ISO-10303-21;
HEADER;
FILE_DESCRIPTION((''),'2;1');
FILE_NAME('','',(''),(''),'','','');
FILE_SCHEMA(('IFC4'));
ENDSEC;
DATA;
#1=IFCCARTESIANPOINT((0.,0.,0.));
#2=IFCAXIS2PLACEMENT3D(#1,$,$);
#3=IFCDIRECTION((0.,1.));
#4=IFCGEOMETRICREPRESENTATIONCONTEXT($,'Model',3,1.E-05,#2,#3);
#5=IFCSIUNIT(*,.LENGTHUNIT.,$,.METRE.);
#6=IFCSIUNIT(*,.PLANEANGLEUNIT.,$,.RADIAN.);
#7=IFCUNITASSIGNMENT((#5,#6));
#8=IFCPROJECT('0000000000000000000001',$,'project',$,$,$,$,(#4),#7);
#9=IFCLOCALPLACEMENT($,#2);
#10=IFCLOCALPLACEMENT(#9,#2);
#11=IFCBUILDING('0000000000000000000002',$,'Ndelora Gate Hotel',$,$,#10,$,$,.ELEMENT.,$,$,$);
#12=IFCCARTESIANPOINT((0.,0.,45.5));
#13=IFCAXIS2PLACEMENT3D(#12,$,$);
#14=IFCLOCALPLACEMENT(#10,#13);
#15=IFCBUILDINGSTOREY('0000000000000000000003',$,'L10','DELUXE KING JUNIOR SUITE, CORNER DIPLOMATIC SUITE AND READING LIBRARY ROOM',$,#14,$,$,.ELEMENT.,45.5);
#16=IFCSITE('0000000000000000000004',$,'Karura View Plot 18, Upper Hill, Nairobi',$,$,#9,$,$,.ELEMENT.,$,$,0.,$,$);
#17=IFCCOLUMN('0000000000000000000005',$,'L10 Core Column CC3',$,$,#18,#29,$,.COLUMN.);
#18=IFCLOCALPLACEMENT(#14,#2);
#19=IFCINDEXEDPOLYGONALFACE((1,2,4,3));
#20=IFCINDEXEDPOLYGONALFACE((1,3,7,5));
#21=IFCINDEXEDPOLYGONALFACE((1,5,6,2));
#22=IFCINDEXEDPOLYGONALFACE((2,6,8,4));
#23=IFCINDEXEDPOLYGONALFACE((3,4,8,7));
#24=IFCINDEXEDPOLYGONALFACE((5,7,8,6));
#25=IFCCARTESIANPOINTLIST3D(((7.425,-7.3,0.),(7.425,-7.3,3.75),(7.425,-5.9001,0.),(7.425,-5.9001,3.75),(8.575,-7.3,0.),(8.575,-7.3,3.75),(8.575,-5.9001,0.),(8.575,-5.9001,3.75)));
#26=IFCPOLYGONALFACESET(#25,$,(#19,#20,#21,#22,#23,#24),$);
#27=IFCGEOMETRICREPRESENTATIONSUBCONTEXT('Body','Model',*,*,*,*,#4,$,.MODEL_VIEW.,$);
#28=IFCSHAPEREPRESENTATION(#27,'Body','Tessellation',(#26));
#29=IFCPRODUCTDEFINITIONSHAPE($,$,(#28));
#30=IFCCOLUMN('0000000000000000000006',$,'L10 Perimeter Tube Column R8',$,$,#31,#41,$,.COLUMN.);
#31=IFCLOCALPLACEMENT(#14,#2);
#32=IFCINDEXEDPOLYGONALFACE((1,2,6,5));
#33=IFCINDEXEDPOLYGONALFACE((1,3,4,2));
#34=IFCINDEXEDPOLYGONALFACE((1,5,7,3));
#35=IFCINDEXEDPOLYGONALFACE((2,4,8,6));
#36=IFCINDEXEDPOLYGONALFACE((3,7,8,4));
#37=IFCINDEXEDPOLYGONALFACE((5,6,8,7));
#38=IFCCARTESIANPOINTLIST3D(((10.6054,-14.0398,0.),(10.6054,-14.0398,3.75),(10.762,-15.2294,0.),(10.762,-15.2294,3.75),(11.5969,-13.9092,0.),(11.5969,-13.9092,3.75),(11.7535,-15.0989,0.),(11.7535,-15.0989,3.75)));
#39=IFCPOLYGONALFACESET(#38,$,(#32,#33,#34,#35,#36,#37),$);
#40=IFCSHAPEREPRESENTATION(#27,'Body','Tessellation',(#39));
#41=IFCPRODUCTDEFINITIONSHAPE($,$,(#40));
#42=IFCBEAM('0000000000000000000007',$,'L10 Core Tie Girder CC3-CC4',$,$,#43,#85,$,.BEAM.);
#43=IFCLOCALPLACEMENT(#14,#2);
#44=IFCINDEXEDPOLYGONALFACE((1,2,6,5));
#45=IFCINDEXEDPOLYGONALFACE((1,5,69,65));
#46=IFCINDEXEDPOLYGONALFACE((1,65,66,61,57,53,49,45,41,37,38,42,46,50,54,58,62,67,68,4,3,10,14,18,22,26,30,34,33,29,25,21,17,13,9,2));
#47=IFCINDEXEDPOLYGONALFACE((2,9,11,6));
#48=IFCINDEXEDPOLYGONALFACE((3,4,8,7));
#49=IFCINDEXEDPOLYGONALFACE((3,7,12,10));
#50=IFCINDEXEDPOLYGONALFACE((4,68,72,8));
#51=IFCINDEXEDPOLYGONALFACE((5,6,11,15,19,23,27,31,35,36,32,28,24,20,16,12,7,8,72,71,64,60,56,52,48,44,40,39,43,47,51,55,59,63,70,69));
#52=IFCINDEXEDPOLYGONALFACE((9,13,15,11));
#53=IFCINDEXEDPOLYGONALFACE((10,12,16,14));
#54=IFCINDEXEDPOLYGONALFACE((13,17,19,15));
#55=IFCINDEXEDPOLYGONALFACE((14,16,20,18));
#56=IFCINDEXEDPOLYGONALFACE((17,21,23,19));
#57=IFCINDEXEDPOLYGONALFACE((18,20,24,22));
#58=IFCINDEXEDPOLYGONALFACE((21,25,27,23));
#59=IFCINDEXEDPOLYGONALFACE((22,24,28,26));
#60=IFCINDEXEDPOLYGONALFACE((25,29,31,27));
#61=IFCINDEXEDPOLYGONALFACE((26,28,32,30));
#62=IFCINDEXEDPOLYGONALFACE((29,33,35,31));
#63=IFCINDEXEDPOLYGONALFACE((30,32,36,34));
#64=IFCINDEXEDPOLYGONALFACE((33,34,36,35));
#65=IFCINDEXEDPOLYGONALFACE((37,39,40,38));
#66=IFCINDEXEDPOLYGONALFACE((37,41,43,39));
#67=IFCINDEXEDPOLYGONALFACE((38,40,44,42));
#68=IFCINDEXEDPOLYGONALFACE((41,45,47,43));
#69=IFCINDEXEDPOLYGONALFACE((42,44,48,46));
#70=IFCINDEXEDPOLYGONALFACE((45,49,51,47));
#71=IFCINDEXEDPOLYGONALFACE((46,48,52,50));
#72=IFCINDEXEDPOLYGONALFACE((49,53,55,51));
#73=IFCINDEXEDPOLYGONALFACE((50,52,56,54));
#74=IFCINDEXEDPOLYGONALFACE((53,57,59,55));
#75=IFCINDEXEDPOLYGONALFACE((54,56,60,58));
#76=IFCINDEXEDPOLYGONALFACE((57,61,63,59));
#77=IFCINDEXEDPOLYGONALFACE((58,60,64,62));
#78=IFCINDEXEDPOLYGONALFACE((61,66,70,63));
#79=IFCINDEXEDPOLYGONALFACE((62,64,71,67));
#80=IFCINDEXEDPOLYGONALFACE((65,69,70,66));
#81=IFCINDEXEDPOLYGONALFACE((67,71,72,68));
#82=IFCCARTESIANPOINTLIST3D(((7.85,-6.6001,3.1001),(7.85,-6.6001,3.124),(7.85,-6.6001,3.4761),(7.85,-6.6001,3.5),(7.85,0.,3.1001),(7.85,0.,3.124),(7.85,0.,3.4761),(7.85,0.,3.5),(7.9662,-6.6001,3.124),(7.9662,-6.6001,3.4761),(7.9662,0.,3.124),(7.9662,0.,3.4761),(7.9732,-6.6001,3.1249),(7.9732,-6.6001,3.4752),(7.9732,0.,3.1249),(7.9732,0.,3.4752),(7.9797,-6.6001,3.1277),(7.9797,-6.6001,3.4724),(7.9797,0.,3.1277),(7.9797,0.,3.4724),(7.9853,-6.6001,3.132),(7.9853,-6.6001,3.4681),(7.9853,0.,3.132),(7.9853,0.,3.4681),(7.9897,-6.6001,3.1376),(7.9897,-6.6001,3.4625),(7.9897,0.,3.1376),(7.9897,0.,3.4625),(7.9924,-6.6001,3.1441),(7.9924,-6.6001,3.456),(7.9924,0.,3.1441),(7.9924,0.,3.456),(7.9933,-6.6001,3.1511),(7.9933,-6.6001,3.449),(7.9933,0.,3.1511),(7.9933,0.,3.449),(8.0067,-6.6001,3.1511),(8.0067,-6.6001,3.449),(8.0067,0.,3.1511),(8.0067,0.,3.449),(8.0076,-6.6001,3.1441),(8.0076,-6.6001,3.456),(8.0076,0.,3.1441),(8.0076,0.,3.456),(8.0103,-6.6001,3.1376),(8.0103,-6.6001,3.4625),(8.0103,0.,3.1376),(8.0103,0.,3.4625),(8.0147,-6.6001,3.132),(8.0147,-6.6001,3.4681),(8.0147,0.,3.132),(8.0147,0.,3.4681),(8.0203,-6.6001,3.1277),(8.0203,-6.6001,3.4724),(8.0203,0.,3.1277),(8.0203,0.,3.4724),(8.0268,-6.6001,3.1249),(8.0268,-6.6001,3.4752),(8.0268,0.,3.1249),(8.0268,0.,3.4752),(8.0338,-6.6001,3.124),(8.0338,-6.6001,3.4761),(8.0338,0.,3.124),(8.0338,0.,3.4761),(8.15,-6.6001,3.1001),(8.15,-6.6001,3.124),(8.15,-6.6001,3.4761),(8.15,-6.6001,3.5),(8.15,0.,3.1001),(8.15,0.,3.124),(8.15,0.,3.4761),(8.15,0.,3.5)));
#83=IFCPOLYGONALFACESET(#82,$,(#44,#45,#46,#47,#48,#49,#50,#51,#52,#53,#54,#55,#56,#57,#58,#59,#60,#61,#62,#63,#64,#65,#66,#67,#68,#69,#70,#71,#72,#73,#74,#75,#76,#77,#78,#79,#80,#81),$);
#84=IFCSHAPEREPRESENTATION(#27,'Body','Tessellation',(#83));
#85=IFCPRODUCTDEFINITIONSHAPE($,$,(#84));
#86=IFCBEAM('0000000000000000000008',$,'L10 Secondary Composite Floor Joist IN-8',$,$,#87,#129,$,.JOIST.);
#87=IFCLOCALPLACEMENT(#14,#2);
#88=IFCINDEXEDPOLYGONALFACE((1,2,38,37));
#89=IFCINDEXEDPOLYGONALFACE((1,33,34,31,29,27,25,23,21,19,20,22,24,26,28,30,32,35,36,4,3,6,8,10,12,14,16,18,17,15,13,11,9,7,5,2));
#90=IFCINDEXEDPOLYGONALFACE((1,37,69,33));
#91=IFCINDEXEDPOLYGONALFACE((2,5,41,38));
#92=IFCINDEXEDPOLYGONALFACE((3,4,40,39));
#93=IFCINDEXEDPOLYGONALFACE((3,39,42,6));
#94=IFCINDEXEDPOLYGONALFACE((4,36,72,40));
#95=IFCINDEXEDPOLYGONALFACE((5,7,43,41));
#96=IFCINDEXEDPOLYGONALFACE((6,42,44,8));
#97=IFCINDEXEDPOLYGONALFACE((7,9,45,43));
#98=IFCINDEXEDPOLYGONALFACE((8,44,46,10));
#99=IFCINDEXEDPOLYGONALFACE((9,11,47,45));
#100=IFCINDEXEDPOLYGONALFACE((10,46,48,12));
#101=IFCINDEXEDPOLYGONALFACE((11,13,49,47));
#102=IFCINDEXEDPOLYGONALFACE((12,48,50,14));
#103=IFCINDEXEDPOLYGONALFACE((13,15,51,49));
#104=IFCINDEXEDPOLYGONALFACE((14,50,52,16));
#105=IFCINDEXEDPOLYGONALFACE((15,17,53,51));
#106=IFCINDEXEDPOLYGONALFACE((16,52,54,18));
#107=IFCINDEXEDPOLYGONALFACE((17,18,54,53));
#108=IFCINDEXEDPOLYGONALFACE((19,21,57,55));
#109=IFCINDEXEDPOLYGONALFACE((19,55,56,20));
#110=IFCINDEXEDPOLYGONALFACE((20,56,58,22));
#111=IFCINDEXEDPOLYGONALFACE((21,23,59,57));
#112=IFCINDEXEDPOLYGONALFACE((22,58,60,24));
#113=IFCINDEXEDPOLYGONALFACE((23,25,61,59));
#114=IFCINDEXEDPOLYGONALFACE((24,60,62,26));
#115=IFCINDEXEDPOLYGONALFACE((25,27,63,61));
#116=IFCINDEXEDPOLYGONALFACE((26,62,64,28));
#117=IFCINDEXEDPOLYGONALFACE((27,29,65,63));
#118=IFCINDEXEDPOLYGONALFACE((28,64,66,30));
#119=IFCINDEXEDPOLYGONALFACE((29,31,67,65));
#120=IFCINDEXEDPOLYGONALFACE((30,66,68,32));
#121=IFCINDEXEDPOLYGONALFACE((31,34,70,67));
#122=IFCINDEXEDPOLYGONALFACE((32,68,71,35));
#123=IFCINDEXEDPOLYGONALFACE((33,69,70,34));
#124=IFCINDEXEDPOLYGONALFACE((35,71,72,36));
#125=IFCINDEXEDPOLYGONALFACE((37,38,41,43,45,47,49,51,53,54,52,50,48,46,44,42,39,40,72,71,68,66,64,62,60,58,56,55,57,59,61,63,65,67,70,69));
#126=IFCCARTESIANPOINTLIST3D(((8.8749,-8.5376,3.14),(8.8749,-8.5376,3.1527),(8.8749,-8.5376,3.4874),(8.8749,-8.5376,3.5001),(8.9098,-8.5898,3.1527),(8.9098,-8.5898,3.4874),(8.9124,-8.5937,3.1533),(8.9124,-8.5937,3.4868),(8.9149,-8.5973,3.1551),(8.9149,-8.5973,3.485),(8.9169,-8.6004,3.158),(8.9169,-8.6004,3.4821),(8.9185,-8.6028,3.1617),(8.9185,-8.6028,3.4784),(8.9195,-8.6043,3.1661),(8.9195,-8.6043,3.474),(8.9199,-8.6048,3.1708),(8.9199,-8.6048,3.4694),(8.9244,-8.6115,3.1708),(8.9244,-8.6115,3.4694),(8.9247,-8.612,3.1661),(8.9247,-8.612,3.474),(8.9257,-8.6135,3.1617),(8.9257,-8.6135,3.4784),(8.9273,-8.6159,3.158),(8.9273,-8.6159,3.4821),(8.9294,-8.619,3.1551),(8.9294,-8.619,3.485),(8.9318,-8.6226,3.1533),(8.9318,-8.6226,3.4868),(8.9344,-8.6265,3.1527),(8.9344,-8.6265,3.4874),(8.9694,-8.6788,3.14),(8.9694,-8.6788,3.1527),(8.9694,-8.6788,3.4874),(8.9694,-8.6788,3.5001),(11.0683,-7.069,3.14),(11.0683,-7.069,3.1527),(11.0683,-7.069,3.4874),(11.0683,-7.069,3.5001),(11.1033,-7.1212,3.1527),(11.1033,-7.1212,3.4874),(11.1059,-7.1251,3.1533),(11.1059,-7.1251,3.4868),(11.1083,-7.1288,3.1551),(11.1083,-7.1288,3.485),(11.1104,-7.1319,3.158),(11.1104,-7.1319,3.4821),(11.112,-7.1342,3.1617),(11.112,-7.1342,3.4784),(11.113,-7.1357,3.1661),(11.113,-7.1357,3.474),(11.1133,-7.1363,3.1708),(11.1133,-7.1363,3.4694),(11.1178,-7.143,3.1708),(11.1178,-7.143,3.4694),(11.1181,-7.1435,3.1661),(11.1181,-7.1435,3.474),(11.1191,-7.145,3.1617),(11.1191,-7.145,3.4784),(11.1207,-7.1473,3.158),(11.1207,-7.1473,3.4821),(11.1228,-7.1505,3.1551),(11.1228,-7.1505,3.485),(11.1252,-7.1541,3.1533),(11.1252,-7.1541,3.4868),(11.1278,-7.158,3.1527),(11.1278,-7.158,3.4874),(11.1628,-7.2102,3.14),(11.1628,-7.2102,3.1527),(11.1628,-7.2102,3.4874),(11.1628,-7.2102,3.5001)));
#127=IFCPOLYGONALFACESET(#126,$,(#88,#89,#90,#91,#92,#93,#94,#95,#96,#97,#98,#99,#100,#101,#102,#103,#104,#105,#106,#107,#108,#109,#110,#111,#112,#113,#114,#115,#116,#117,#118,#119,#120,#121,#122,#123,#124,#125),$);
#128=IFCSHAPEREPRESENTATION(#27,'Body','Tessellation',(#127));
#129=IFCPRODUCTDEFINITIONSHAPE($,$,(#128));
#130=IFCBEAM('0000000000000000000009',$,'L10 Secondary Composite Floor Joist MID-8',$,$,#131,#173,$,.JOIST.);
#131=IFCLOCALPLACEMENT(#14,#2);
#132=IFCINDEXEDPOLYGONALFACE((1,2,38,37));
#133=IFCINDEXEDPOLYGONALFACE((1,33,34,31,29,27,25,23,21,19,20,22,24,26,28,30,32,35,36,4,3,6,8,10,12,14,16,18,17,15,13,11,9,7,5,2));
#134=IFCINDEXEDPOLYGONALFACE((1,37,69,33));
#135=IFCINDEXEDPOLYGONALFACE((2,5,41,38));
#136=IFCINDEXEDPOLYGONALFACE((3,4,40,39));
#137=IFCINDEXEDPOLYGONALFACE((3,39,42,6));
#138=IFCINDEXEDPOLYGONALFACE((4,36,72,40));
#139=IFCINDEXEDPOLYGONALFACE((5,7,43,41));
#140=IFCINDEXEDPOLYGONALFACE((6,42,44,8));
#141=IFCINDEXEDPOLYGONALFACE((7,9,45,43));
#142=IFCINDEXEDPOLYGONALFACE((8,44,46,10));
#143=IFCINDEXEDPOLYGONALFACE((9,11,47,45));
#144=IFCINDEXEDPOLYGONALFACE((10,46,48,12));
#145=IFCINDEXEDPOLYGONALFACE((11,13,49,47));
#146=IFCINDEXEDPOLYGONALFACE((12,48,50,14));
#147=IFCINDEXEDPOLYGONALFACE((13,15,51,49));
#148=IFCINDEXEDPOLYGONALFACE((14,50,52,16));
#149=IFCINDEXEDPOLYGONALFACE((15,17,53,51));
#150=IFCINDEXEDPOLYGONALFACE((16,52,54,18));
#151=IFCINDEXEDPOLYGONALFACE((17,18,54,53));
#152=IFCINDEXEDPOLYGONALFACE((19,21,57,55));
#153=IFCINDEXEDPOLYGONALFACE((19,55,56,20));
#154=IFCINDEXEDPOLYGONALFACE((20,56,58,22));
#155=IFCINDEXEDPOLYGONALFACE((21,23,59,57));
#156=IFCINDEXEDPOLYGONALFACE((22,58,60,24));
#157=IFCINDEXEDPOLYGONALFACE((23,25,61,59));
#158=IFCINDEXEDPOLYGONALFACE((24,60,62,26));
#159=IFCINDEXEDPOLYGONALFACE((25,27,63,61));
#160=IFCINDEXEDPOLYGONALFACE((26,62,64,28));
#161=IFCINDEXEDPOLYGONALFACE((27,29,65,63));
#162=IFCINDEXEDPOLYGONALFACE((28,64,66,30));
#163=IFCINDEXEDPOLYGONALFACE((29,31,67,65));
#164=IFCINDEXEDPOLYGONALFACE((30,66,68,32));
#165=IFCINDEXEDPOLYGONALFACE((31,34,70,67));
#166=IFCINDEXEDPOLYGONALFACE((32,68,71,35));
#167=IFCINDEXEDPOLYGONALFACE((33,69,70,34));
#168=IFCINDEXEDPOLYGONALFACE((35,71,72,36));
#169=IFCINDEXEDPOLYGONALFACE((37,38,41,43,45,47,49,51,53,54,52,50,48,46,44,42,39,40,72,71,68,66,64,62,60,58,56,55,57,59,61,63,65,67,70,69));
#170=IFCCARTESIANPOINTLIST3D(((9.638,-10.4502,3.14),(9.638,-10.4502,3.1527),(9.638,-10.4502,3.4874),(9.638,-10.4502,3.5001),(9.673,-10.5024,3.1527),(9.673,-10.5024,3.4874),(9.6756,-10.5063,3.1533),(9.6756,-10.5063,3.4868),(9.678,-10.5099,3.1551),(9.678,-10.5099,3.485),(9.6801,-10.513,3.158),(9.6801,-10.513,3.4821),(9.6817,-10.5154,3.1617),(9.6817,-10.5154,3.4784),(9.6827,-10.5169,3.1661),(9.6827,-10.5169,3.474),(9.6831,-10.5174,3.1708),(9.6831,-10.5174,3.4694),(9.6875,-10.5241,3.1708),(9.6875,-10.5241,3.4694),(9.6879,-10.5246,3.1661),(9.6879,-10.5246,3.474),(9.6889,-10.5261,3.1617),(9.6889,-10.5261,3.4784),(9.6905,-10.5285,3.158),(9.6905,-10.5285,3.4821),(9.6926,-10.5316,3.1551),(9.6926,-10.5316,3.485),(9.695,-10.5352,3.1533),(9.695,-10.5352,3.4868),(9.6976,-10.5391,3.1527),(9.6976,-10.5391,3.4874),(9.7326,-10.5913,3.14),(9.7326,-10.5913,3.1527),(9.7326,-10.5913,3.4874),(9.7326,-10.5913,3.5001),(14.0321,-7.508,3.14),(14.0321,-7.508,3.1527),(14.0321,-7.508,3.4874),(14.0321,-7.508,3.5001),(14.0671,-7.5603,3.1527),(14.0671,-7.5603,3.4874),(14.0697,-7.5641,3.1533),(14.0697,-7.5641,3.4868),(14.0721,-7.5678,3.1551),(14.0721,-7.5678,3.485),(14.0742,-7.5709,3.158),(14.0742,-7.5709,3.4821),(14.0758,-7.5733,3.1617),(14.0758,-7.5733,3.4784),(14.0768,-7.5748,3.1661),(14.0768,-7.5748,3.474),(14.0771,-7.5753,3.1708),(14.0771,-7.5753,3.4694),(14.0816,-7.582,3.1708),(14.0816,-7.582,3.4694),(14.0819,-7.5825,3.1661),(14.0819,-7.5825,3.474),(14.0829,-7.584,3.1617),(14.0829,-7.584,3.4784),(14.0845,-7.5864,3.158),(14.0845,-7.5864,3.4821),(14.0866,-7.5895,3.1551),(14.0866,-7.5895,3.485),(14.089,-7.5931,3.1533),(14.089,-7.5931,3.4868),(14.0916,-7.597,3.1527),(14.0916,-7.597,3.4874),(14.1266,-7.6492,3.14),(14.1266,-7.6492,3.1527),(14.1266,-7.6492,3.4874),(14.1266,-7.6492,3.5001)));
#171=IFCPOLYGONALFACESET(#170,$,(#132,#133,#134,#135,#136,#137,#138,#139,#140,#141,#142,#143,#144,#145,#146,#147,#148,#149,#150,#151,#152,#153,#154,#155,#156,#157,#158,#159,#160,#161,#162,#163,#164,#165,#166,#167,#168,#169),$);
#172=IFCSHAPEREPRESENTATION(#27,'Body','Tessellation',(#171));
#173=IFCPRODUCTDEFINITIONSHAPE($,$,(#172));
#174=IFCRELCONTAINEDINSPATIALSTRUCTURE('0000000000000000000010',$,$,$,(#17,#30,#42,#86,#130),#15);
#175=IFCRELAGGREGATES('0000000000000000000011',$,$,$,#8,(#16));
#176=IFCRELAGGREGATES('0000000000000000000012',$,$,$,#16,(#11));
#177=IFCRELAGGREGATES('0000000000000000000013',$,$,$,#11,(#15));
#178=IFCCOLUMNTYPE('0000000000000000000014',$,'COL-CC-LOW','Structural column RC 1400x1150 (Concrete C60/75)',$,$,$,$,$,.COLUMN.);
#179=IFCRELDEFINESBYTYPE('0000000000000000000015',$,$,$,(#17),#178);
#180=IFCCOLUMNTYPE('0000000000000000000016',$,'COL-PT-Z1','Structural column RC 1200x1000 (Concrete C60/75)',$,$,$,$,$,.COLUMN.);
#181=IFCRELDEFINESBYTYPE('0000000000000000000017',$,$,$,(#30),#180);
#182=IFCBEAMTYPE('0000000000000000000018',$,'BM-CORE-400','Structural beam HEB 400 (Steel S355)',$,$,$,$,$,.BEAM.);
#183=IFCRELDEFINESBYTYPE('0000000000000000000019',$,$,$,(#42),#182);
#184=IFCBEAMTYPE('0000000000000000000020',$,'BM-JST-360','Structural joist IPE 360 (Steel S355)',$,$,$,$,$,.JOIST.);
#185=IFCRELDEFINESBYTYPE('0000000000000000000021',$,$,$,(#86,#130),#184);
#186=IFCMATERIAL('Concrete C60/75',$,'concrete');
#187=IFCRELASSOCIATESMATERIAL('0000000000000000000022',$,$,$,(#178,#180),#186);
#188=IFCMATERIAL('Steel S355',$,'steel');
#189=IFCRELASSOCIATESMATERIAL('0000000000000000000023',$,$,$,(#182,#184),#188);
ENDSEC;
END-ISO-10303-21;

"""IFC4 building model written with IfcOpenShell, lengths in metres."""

from ifc_helpers import new_model, si_unit, direction, frame, origin, origin_2d, place, context, subcontext, project, spatial, rectangle, i_section, extrude, material, material_profile, profile_set, type_object, element, save


model = new_model("IFC4")

# Units and contexts
model_context = context("Model", 3, precision=1e-05, world=origin(), true_north=direction((0.0, 1.0)))
body_context = subcontext(model_context, "Body", "Model", "MODEL_VIEW")
ifc_project = project(units=[si_unit("LENGTHUNIT", "METRE"), si_unit("PLANEANGLEUNIT", "RADIAN")], contexts=[model_context])

# Site, building, storey
site_placement = place(None, origin())
site = spatial("IfcSite", under=ifc_project, at=site_placement, Name="Karura View Plot 18, Upper Hill, Nairobi", CompositionType="ELEMENT", RefElevation=0.0)
building_placement = place(site_placement, origin())
building = spatial("IfcBuilding", under=site, at=building_placement, Name="Ndelora Gate Hotel", CompositionType="ELEMENT")
storey_placement = place(building_placement, frame((0.0, 0.0, 45.5)))
storey = spatial("IfcBuildingStorey", under=building, at=storey_placement, Name="L10", Description="DELUXE KING JUNIOR SUITE, CORNER DIPLOMATIC SUITE AND READING LIBRARY ROOM", CompositionType="ELEMENT", Elevation=45.5)

# Columns
ifc_material_1 = material(Name="Concrete C60/75", Category="concrete")
ifc_material_profile_1 = material_profile(ifc_material_1, rectangle(XDim=1.1499, YDim=1.3999, at=origin_2d()), Name="RC 1400x1150")
ifc_profile_set_1 = profile_set([ifc_material_profile_1], Name="Concrete C60/75")
column_type_1 = type_object("IfcColumnType", Name="COL-CC-LOW", Description="Structural column RC 1400x1150 (Concrete C60/75)", PredefinedType="COLUMN", material=ifc_profile_set_1)
column_1_placement = place(storey_placement, frame((8.0, -6.6001, 0.0), z_axis=(0.0, 0.0, 1.0), x_axis=(1.0, 0.0, 0.0)))
element("IfcColumn", 1, at=column_1_placement, inside=storey, type_object=column_type_1, Name="L10 Core Column CC3", PredefinedType="COLUMN", context=body_context, shape_type="SweptSolid", body=[
    extrude(rectangle(XDim=1.1499, YDim=1.3999, at=origin_2d()), origin(), (0.0, 0.0, 1.0), 3.75),
])
ifc_material_profile_2 = material_profile(ifc_material_1, rectangle(XDim=1.0, YDim=1.2, at=origin_2d()), Name="RC 1200x1000")
ifc_profile_set_2 = profile_set([ifc_material_profile_2], Name="Concrete C60/75")
column_type_2 = type_object("IfcColumnType", Name="COL-PT-Z1", Description="Structural column RC 1200x1000 (Concrete C60/75)", PredefinedType="COLUMN", material=ifc_profile_set_2)
column_2_placement = place(storey_placement, frame((11.1794, -14.5693, 0.0), z_axis=(0.0, 0.0, 1.0), x_axis=(0.991445, 0.130526, 0.0)))
element("IfcColumn", 2, at=column_2_placement, inside=storey, type_object=column_type_2, Name="L10 Perimeter Tube Column R8", PredefinedType="COLUMN", context=body_context, shape_type="SweptSolid", body=[
    extrude(rectangle(XDim=1.0, YDim=1.2, at=origin_2d()), origin(), (0.0, 0.0, 1.0), 3.75),
])

# Beams
ifc_material_2 = material(Name="Steel S355", Category="steel")
ifc_material_profile_3 = material_profile(ifc_material_2, i_section(OverallWidth=0.3, OverallDepth=0.3999, WebThickness=0.0134, FlangeThickness=0.0239, FilletRadius=0.0271, at=origin_2d()), Name="HEB 400")
ifc_profile_set_3 = profile_set([ifc_material_profile_3], Name="Steel S355")
beam_type_1 = type_object("IfcBeamType", Name="BM-CORE-400", Description="Structural beam HEB 400 (Steel S355)", PredefinedType="BEAM", material=ifc_profile_set_3)
beam_1_placement = place(storey_placement, frame((8.0, -6.6001, 3.3), z_axis=(0.0, 1.0, 0.0), x_axis=(-1.0, 0.0, 0.0)))
element("IfcBeam", 3, at=beam_1_placement, inside=storey, type_object=beam_type_1, Name="L10 Core Tie Girder CC3-CC4", PredefinedType="BEAM", context=body_context, shape_type="SweptSolid", body=[
    extrude(i_section(OverallWidth=0.3, OverallDepth=0.3999, WebThickness=0.0134, FlangeThickness=0.0239, FilletRadius=0.0271, at=origin_2d()), origin(), (0.0, 0.0, 1.0), 6.6001),
])
ifc_material_profile_4 = material_profile(ifc_material_2, i_section(OverallWidth=0.1699, OverallDepth=0.3601, WebThickness=0.0081, FlangeThickness=0.0127, FilletRadius=0.0181, at=origin_2d()), Name="IPE 360")
ifc_profile_set_4 = profile_set([ifc_material_profile_4], Name="Steel S355")
beam_type_2 = type_object("IfcBeamType", Name="BM-JST-360", Description="Structural joist IPE 360 (Steel S355)", PredefinedType="JOIST", material=ifc_profile_set_4)
beam_2_placement = place(storey_placement, frame((8.9221, -8.6082, 3.3201), z_axis=(0.830953, 0.556343, 0.0), x_axis=(-0.556343, 0.830953, 0.0)))
element("IfcBeam", 4, at=beam_2_placement, inside=storey, type_object=beam_type_2, Name="L10 Secondary Composite Floor Joist IN-8", PredefinedType="JOIST", context=body_context, shape_type="SweptSolid", body=[
    extrude(i_section(OverallWidth=0.1699, OverallDepth=0.3601, WebThickness=0.0081, FlangeThickness=0.0127, FilletRadius=0.0181, at=origin_2d()), origin(), (0.0, 0.0, 1.0), 2.6396),
])
beam_3_placement = place(storey_placement, frame((9.6853, -10.5208, 3.3201), z_axis=(0.830933, 0.556372, 0.0), x_axis=(-0.556372, 0.830933, 0.0)))
element("IfcBeam", 5, at=beam_3_placement, inside=storey, type_object=beam_type_2, Name="L10 Secondary Composite Floor Joist MID-8", PredefinedType="JOIST", context=body_context, shape_type="SweptSolid", body=[
    extrude(i_section(OverallWidth=0.1699, OverallDepth=0.3601, WebThickness=0.0081, FlangeThickness=0.0127, FilletRadius=0.0181, at=origin_2d()), origin(), (0.0, 0.0, 1.0), 5.2881),
])

save(model, "model.ifc")
